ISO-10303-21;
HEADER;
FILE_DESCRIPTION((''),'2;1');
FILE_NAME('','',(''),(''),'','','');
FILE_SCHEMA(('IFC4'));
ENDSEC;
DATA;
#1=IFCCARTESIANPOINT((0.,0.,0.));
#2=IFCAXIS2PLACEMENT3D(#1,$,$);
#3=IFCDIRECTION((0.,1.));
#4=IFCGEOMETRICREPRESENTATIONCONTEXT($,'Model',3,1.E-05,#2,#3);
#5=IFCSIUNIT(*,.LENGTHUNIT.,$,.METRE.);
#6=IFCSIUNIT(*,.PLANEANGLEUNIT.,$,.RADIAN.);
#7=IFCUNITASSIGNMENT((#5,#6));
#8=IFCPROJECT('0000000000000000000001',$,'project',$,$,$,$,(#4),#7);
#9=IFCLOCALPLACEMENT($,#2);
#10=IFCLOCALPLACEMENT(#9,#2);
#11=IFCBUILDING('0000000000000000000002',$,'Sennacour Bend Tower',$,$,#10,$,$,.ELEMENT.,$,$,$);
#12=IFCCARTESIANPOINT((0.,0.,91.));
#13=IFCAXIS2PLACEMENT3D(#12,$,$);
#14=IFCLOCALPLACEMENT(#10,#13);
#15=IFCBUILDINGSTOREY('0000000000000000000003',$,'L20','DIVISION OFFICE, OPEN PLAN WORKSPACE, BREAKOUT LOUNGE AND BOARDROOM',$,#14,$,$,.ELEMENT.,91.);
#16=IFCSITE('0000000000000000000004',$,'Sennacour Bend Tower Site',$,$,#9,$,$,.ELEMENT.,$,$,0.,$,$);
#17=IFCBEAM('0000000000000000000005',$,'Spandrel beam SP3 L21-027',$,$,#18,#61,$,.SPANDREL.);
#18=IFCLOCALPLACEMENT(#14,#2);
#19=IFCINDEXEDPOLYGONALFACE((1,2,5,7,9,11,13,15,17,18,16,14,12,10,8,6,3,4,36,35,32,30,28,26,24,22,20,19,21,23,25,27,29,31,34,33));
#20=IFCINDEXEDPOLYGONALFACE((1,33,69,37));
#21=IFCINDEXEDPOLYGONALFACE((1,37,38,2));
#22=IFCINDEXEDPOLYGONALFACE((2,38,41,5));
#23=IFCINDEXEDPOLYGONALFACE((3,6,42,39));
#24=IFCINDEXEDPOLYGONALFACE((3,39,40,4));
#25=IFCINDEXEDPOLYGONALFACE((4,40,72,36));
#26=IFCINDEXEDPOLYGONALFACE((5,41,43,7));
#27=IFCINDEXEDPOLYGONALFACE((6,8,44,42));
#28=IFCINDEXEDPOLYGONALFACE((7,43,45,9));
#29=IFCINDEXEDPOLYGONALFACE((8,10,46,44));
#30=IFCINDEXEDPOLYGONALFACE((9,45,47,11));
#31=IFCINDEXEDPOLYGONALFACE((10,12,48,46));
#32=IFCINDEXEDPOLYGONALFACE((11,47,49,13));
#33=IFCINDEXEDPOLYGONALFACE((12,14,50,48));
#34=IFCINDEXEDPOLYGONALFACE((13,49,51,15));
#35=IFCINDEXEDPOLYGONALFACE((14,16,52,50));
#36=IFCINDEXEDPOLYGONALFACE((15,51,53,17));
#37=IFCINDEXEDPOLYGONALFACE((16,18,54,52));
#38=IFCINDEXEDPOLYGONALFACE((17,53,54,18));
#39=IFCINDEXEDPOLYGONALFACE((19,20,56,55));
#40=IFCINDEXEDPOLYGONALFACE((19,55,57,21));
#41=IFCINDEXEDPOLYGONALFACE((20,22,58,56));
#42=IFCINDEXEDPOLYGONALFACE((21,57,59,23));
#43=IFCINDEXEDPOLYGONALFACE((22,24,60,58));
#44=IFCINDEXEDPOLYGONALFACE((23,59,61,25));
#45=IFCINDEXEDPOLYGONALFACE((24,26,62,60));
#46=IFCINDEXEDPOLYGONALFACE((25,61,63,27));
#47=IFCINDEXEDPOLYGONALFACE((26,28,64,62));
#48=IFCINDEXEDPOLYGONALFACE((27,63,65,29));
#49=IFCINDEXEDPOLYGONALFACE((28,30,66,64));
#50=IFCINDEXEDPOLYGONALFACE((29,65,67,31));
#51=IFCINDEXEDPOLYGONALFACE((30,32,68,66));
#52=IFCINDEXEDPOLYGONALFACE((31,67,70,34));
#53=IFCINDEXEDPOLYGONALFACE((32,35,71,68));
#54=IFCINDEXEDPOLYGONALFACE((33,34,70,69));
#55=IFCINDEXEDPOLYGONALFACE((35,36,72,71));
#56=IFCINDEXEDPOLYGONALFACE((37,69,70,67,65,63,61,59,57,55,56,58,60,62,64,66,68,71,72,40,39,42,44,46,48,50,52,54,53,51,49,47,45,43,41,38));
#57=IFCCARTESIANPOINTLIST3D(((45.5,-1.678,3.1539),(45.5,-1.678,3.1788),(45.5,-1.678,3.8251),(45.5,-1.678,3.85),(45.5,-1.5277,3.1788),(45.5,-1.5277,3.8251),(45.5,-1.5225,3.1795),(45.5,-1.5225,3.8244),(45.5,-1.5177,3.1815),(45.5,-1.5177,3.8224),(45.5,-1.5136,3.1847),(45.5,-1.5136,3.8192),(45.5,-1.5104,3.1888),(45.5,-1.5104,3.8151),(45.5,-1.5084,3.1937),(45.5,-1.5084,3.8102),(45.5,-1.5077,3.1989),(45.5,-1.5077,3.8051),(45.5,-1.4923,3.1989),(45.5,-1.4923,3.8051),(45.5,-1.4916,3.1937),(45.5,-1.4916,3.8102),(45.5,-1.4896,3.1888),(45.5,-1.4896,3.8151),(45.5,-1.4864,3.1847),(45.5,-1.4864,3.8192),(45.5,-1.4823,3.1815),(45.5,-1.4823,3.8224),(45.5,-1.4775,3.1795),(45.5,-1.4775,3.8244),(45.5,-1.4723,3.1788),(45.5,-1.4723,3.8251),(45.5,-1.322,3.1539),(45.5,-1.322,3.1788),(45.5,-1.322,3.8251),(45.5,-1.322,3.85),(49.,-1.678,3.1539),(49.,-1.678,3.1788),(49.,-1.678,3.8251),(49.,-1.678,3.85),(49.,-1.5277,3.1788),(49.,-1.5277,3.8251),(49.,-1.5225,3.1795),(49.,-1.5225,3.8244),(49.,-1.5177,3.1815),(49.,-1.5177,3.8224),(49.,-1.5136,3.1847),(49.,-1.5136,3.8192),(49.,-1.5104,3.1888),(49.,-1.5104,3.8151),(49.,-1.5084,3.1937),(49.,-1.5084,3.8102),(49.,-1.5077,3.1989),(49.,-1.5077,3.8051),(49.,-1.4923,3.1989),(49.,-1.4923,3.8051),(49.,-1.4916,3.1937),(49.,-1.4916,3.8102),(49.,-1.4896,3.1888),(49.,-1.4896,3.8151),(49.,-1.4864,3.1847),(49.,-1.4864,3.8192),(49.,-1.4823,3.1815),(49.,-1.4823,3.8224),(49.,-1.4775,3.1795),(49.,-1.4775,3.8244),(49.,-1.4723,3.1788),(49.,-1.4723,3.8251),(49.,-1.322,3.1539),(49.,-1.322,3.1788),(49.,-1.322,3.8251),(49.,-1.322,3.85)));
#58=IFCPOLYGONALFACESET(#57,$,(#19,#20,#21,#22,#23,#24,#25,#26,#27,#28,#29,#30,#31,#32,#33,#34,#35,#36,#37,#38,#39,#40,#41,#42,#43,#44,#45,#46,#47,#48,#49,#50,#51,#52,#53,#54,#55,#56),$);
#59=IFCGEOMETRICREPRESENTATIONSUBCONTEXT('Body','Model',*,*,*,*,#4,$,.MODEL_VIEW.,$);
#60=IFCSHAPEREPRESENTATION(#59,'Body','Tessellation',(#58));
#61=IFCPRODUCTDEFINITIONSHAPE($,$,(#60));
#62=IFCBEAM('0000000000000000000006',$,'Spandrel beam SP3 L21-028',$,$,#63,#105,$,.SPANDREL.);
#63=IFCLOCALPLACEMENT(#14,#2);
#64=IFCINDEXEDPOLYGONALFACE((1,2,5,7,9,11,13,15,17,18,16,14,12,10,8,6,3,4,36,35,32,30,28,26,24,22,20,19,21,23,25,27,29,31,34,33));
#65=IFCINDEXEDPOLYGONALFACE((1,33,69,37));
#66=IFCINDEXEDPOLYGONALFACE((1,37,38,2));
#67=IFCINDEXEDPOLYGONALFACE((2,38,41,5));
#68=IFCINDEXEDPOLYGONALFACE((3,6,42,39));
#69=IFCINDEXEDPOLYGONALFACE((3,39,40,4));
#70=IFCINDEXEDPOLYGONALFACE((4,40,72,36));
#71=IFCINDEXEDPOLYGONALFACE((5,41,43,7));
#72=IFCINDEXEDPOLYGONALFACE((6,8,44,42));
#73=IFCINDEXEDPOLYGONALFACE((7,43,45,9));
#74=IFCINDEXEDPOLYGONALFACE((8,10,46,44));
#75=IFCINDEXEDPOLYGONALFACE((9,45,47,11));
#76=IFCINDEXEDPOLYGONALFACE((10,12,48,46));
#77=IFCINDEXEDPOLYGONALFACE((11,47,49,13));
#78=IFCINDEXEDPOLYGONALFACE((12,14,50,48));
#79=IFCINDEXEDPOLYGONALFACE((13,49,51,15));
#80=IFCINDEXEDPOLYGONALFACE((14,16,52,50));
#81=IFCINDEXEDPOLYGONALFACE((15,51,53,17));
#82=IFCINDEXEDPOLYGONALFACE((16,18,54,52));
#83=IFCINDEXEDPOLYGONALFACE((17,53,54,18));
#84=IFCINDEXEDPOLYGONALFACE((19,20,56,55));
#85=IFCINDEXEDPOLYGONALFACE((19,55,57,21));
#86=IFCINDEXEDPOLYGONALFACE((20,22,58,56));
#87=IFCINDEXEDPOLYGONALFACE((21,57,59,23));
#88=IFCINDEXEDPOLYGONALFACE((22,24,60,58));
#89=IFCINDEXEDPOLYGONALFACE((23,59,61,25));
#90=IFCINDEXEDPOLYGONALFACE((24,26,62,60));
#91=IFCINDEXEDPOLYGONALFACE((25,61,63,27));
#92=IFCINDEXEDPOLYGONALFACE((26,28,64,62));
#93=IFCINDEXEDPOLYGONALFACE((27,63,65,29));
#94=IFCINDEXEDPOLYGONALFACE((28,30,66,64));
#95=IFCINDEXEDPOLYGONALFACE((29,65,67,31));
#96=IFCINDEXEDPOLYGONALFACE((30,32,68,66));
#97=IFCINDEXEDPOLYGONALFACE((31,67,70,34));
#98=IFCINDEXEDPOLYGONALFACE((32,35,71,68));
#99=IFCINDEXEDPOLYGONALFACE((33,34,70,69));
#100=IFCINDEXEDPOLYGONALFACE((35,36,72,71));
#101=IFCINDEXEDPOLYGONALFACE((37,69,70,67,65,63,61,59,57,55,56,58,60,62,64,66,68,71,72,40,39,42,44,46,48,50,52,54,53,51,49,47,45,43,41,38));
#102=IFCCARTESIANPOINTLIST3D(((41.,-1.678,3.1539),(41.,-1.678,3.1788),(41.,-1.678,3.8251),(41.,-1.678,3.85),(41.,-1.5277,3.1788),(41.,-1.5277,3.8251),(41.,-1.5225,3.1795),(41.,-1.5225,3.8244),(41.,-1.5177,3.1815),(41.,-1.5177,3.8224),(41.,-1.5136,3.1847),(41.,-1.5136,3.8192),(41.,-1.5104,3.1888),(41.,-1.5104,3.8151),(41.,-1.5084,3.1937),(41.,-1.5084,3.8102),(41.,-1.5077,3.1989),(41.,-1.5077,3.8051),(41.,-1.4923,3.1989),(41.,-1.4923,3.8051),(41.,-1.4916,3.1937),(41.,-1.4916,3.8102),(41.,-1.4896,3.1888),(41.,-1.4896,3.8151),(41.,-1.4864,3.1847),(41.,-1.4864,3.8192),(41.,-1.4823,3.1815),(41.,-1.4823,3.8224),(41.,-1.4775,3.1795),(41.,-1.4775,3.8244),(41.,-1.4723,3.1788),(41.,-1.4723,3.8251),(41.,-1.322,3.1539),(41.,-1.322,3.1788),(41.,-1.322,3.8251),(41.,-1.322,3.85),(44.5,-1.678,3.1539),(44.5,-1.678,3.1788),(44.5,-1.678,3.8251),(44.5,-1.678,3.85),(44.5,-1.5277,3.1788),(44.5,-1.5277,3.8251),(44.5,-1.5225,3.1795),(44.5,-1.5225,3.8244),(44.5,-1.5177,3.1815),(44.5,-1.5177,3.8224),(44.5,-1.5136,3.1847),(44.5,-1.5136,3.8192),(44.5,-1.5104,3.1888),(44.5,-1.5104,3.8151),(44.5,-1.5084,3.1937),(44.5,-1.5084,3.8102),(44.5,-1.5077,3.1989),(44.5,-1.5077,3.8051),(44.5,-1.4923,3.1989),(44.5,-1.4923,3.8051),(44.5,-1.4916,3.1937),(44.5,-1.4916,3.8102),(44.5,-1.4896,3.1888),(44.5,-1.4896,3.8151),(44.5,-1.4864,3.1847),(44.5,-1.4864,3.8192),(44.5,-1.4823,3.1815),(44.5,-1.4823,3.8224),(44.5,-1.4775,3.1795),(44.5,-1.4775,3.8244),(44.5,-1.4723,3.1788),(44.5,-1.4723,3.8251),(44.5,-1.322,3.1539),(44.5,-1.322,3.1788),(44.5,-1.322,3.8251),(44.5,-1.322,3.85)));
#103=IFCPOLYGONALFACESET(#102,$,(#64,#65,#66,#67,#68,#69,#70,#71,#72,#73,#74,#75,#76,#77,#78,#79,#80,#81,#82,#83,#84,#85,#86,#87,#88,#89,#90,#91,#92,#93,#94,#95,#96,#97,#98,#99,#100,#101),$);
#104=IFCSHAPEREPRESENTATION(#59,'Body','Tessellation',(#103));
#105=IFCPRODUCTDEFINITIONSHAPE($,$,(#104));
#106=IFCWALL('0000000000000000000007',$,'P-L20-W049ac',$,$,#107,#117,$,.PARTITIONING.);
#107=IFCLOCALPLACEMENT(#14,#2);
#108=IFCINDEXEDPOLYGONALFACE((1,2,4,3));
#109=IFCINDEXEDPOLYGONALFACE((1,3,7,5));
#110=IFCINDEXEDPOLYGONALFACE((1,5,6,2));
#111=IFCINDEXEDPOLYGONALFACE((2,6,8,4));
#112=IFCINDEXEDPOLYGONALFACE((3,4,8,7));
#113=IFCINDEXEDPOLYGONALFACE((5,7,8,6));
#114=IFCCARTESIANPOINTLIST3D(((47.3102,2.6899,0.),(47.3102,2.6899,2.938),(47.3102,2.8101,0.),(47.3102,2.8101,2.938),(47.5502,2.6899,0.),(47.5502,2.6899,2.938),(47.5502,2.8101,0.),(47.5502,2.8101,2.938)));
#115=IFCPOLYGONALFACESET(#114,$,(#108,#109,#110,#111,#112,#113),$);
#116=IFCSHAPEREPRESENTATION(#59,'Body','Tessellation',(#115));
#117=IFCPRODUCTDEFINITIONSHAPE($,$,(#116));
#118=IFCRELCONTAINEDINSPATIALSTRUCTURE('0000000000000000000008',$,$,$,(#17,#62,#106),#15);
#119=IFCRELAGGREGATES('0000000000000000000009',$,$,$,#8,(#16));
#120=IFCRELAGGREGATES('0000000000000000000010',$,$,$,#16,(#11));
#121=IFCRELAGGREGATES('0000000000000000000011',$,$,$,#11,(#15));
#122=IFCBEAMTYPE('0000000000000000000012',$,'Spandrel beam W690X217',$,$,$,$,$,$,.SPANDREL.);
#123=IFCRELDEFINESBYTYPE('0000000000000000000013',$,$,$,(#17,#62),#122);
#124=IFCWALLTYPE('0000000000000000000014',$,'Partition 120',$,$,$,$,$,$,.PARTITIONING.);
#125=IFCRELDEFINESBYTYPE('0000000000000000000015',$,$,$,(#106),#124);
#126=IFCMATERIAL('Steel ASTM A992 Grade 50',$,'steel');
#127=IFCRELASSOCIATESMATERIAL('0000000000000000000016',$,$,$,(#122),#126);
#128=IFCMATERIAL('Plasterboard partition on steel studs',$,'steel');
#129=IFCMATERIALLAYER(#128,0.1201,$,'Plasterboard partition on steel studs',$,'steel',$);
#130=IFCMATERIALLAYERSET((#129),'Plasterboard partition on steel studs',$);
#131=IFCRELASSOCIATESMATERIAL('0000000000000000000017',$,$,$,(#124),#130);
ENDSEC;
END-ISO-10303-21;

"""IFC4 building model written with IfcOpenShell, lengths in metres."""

from ifc_helpers import new_model, si_unit, direction, frame, frame_2d, origin, origin_2d, place, context, subcontext, project, spatial, rectangle, i_section, extrude, material, layer, layer_set, material_profile, profile_set, type_object, element, save


model = new_model("IFC4")

# Units and contexts
model_context = context("Model", 3, precision=1e-05, world=origin(), true_north=direction((0.0, 1.0)))
body_context = subcontext(model_context, "Body", "Model", "MODEL_VIEW")
ifc_project = project(units=[si_unit("LENGTHUNIT", "METRE"), si_unit("PLANEANGLEUNIT", "RADIAN")], contexts=[model_context])

# Site, building, storey
site_placement = place(None, origin())
site = spatial("IfcSite", under=ifc_project, at=site_placement, Name="Sennacour Bend Tower Site", CompositionType="ELEMENT", RefElevation=0.0)
building_placement = place(site_placement, origin())
building = spatial("IfcBuilding", under=site, at=building_placement, Name="Sennacour Bend Tower", CompositionType="ELEMENT")
storey_placement = place(building_placement, frame((0.0, 0.0, 91.0)))
storey = spatial("IfcBuildingStorey", under=building, at=storey_placement, Name="L20", Description="DIVISION OFFICE, OPEN PLAN WORKSPACE, BREAKOUT LOUNGE AND BOARDROOM", CompositionType="ELEMENT", Elevation=91.0)

# Beams
ifc_material_1 = material(Name="Steel ASTM A992 Grade 50", Category="steel")
ifc_material_profile_1 = material_profile(ifc_material_1, i_section(OverallWidth=0.356, OverallDepth=0.696, WebThickness=0.0154, FlangeThickness=0.0249, FilletRadius=0.02, at=origin_2d()), Name="Steel ASTM A992 Grade 50", Category="steel")
ifc_profile_set_1 = profile_set([ifc_material_profile_1], Name="Steel ASTM A992 Grade 50")
beam_type_1 = type_object("IfcBeamType", Name="Spandrel beam W690X217", PredefinedType="SPANDREL", material=ifc_profile_set_1)
for number, where, z_axis, x_axis, name in (
    (1, (49.0, -1.5, 3.502), (-1.0, 0.0, 0.0), (0.0, -1.0, 0.0), "Spandrel beam SP3 L21-027"),
    (2, (44.5, -1.5, 3.502), (-1.0, 0.0, 0.0), (0.0, -1.0, 0.0), "Spandrel beam SP3 L21-028"),
):
    element("IfcBeam", number, at=place(storey_placement, frame(where, z_axis=z_axis, x_axis=x_axis)), inside=storey, type_object=beam_type_1, Name=name, PredefinedType="SPANDREL", context=body_context, shape_type="SweptSolid", body=[
        extrude(i_section(OverallWidth=0.356, OverallDepth=0.696, WebThickness=0.0154, FlangeThickness=0.0249, FilletRadius=0.02, at=origin_2d()), origin(), (0.0, 0.0, 1.0), 3.5),
    ])

# Wall
ifc_material_2 = material(Name="Plasterboard partition on steel studs", Category="steel")
ifc_layer_1 = layer(ifc_material_2, 0.1201, Name="Plasterboard partition on steel studs", Category="steel")
ifc_layer_set_1 = layer_set([ifc_layer_1], Name="Plasterboard partition on steel studs")
wall_type_1 = type_object("IfcWallType", Name="Partition 120", PredefinedType="PARTITIONING", material=ifc_layer_set_1)
wall_1_placement = place(storey_placement, frame((47.3101, 2.75, 0.0), z_axis=(0.0, 0.0, 1.0), x_axis=(1.0, 0.0, 0.0)))
element("IfcWall", 3, at=wall_1_placement, inside=storey, type_object=wall_type_1, Name="P-L20-W049ac", PredefinedType="PARTITIONING", context=body_context, shape_type="SweptSolid", body=[
    extrude(rectangle(XDim=0.24, YDim=0.1201, at=frame_2d((0.1201, 0.0))), origin(), (0.0, 0.0, 1.0), 2.938),
])

save(model, "model.ifc")
